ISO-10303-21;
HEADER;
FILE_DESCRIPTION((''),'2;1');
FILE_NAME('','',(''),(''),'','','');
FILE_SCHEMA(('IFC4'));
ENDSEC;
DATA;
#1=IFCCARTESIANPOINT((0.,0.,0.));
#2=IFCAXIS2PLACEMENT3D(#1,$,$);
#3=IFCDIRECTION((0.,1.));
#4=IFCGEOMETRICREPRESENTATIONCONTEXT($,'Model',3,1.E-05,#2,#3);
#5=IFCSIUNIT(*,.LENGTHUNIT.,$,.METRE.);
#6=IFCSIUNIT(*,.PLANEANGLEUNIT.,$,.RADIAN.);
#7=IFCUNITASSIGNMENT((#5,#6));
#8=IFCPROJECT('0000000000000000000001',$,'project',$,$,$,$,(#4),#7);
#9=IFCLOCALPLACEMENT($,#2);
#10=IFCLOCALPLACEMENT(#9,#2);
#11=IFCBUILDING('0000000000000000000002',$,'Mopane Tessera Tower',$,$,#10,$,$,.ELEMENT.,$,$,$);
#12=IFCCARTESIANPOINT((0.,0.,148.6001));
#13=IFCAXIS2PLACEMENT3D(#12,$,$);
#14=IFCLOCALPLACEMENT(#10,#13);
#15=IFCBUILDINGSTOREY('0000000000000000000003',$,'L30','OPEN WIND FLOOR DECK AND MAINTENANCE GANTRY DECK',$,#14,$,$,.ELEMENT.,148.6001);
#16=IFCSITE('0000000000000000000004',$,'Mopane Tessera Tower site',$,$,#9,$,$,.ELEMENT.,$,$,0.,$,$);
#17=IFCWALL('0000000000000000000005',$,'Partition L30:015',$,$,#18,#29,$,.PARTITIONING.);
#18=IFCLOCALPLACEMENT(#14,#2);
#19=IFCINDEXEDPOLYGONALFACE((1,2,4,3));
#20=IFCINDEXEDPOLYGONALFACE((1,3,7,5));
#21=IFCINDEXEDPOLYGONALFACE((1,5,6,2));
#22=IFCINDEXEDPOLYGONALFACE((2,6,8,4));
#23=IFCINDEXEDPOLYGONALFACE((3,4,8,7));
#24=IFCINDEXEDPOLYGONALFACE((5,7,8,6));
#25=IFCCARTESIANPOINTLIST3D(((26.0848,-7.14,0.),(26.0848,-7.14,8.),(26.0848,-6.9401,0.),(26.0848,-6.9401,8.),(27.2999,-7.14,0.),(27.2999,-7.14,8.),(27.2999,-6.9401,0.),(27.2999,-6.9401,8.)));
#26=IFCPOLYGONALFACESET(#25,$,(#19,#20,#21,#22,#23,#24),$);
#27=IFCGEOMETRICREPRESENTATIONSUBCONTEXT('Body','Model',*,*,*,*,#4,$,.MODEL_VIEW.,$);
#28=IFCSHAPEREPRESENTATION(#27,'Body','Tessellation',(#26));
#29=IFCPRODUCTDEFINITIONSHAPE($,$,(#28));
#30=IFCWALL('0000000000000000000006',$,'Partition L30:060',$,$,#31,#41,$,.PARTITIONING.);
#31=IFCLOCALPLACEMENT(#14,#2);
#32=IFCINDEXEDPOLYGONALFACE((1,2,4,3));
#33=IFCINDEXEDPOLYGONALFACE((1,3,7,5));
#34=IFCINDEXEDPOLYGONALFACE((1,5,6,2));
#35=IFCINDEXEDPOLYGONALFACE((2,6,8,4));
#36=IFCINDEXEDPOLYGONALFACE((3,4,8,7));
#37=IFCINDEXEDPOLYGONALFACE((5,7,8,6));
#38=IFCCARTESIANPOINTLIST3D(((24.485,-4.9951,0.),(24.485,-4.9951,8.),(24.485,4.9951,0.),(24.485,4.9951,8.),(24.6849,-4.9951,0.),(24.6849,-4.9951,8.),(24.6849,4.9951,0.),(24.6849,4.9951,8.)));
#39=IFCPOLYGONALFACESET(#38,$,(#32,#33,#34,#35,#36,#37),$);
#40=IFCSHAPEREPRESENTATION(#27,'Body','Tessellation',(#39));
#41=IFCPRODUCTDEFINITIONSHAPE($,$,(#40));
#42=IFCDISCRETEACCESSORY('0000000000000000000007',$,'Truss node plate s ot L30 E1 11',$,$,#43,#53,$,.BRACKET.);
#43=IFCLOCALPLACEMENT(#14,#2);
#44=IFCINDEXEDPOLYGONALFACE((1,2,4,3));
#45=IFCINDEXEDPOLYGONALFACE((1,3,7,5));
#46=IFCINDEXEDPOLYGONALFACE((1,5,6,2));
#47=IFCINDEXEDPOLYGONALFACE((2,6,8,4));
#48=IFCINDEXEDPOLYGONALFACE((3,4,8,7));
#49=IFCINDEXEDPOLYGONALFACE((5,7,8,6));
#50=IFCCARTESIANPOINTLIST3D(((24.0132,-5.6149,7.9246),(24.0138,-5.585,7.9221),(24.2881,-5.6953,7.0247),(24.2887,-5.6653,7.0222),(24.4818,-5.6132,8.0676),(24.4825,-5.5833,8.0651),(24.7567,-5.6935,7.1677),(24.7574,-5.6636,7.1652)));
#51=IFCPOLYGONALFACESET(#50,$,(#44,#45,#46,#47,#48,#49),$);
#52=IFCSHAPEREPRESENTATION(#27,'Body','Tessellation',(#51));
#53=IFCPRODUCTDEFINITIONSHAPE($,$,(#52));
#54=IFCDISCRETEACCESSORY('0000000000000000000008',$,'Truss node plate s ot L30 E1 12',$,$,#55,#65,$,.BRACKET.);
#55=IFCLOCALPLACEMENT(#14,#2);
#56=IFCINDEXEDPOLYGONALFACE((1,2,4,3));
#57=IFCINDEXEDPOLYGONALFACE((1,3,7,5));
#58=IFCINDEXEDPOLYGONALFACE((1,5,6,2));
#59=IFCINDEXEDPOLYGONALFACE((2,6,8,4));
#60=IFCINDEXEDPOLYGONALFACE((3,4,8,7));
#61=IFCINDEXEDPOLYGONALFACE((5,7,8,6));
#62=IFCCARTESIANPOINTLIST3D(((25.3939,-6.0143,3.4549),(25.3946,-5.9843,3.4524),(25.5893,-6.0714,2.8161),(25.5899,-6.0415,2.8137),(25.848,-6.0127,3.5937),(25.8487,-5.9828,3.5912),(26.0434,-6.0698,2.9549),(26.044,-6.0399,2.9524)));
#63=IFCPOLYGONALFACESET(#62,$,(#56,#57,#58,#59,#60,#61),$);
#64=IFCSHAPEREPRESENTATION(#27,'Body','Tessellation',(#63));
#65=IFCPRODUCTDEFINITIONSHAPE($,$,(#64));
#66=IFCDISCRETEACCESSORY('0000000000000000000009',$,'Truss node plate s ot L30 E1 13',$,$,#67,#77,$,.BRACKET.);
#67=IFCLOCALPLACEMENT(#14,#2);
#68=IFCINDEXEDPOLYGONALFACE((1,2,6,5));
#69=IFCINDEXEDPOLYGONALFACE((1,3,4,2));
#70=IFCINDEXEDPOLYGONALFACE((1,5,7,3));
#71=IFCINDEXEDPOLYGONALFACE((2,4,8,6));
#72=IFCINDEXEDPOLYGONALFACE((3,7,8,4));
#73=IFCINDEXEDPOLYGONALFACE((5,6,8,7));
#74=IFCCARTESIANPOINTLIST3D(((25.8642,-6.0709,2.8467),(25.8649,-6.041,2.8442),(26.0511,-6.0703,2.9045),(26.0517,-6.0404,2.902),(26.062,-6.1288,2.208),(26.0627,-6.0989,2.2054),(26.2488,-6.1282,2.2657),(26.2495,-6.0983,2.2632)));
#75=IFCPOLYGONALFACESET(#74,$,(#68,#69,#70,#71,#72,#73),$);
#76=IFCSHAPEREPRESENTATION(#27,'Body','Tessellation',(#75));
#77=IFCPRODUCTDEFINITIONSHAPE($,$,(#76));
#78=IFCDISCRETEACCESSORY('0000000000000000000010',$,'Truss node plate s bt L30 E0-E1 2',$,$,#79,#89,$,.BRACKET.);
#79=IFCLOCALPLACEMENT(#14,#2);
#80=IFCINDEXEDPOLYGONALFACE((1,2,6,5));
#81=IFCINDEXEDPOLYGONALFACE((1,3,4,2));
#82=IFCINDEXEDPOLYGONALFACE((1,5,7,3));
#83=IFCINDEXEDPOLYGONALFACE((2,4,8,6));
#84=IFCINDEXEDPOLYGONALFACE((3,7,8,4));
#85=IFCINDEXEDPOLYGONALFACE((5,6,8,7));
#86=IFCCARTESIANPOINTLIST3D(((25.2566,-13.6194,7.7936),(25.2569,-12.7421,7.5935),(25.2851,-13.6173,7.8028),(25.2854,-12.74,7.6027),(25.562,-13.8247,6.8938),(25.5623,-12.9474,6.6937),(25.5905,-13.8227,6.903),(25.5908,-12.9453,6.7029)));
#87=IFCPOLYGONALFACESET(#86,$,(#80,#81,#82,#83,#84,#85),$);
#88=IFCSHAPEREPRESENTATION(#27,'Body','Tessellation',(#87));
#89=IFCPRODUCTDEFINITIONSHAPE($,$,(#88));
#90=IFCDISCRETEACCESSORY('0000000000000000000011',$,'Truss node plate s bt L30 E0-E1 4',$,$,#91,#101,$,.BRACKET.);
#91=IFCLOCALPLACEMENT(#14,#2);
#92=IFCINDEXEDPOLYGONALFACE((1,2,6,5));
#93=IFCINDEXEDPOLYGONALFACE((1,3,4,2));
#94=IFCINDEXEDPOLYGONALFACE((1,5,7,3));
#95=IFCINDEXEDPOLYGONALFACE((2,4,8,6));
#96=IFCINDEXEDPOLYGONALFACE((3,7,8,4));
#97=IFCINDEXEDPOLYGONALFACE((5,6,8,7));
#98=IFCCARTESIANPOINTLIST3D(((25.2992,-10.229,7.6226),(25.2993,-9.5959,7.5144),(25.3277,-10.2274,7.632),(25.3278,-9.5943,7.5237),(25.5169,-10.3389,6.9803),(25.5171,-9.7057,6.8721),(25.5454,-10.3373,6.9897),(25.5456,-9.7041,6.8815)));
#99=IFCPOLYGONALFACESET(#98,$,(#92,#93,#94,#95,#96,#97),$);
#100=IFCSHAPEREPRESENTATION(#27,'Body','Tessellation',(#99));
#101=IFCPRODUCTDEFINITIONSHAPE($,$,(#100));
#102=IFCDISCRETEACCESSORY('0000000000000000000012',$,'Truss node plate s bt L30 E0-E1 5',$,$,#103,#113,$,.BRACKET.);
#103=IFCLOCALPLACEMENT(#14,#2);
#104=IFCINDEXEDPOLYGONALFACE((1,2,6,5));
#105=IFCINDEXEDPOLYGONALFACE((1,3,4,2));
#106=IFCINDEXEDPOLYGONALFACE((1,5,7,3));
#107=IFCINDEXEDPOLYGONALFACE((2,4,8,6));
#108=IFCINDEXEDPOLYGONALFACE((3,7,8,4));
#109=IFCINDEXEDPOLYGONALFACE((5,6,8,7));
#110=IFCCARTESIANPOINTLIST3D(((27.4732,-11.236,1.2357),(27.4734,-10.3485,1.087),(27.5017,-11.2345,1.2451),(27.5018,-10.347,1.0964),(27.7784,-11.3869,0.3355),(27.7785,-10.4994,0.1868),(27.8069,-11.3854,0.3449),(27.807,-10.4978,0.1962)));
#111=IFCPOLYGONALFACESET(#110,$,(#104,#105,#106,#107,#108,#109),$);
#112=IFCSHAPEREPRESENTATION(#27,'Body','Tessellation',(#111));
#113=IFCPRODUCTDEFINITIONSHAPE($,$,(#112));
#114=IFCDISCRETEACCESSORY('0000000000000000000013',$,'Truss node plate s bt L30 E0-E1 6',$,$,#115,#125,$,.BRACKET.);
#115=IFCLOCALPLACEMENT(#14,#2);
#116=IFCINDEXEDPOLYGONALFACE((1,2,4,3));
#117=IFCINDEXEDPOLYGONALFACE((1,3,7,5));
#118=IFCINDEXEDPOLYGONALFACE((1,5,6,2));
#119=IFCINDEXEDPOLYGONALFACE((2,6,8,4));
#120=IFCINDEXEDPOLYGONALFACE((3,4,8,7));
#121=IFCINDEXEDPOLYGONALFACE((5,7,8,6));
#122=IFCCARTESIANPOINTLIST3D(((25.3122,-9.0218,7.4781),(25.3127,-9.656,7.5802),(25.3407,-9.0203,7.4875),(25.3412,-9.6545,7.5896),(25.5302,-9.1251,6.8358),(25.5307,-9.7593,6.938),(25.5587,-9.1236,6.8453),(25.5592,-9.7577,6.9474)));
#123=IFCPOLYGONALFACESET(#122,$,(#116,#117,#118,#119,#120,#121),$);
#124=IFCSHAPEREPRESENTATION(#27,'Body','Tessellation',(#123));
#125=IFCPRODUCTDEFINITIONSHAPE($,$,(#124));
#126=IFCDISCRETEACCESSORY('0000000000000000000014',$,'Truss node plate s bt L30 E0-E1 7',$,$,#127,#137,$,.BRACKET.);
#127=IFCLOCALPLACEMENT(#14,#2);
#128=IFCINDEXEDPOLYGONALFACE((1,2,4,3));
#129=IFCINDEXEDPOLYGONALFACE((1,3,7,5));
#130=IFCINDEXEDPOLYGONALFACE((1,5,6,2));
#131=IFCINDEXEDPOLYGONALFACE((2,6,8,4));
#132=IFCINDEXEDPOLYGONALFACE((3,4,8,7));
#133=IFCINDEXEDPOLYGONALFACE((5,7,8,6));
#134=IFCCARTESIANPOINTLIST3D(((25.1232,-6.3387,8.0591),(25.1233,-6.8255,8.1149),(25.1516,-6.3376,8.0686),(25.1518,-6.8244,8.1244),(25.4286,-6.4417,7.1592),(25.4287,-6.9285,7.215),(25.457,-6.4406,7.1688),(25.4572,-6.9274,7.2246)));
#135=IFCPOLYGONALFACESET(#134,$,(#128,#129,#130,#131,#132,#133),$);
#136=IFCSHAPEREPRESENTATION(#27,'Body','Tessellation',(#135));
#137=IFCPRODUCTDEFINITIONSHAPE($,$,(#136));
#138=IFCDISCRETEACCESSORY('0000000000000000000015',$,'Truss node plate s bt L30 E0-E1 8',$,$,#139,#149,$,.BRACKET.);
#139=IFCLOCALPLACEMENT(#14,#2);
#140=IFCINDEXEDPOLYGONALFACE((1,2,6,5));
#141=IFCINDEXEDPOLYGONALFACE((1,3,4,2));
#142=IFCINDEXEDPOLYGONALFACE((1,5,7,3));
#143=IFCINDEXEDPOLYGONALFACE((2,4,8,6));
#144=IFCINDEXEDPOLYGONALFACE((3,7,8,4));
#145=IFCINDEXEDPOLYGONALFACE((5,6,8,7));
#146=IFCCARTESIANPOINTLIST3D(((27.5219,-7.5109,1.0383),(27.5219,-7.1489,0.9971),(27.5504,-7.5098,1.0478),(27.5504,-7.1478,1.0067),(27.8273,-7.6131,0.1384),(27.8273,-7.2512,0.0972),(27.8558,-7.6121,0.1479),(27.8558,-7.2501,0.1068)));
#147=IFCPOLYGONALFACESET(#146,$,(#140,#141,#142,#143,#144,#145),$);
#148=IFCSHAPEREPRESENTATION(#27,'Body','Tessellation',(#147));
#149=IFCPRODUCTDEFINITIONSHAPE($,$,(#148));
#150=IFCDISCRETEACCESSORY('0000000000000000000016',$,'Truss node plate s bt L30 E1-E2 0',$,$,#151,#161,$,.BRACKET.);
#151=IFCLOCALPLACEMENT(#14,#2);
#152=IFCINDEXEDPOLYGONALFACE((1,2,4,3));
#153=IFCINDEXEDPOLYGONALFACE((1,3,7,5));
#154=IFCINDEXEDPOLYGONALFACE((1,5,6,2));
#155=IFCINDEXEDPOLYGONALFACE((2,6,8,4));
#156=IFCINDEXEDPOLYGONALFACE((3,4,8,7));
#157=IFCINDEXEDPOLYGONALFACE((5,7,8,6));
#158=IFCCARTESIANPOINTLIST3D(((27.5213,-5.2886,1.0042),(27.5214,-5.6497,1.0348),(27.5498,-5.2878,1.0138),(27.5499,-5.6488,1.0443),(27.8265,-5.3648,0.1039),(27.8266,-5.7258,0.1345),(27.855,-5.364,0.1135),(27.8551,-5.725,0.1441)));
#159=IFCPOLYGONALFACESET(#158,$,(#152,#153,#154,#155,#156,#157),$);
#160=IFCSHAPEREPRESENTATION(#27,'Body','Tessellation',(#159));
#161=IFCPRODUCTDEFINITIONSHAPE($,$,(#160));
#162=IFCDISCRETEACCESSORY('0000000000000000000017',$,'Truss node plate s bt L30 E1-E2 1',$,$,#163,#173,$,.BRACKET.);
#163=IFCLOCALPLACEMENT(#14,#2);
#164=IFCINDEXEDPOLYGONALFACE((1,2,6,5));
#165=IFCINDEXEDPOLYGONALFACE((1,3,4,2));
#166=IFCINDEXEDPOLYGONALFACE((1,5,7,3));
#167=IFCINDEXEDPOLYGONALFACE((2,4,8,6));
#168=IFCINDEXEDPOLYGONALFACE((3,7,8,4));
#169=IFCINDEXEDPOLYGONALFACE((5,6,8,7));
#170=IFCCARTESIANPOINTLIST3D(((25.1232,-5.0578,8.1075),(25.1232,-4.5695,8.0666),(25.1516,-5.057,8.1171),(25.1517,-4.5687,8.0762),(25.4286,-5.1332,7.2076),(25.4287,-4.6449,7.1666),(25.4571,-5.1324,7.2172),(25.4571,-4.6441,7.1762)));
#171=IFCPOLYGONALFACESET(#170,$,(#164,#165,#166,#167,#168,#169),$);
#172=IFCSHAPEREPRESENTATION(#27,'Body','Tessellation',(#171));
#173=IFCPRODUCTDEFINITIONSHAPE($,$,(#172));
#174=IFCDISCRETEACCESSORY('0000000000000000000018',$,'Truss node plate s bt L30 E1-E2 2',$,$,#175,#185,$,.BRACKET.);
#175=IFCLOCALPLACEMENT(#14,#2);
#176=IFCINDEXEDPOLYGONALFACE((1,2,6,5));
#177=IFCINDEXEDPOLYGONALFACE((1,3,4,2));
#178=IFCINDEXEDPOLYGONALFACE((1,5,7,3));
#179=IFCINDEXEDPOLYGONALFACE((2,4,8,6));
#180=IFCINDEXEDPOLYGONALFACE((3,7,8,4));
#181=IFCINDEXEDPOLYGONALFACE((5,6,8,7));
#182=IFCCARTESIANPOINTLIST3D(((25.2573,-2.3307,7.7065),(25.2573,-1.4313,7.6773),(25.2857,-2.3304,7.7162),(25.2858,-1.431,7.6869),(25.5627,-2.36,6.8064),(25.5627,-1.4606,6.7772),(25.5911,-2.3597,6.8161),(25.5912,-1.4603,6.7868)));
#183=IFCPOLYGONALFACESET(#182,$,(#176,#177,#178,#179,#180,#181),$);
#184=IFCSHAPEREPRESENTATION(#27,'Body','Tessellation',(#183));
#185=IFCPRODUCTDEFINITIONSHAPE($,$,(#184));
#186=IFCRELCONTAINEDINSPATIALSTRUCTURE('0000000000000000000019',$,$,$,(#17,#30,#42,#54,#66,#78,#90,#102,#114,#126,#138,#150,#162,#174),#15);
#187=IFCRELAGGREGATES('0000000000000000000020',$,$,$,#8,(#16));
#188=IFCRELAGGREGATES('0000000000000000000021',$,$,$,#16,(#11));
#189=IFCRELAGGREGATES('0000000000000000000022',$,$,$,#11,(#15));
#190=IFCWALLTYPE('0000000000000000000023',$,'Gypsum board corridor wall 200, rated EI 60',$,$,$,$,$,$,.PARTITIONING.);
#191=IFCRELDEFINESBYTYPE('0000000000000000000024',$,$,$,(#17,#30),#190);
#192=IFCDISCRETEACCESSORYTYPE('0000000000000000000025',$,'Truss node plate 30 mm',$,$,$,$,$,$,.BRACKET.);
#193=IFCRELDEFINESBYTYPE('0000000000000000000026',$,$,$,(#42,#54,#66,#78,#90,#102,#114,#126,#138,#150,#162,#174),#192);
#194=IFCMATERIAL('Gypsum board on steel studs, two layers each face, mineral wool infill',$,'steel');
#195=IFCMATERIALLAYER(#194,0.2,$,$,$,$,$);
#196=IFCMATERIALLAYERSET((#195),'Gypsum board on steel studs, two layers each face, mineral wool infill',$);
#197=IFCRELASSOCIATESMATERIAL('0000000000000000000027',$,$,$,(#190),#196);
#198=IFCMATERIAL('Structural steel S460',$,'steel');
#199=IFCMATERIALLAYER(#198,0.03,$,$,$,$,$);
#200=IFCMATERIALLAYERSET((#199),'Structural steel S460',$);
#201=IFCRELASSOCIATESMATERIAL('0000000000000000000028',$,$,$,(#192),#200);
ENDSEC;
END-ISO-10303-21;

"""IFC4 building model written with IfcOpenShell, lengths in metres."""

from ifc_helpers import new_model, si_unit, direction, frame, frame_2d, origin, origin_2d, place, context, subcontext, project, spatial, rectangle, extrude, material, layer, layer_set, type_object, element, save


model = new_model("IFC4")

# Units and contexts
model_context = context("Model", 3, precision=1e-05, world=origin(), true_north=direction((0.0, 1.0)))
body_context = subcontext(model_context, "Body", "Model", "MODEL_VIEW")
ifc_project = project(units=[si_unit("LENGTHUNIT", "METRE"), si_unit("PLANEANGLEUNIT", "RADIAN")], contexts=[model_context])

# Site, building, storey
site_placement = place(None, origin())
site = spatial("IfcSite", under=ifc_project, at=site_placement, Name="Mopane Tessera Tower site", CompositionType="ELEMENT", RefElevation=0.0)
building_placement = place(site_placement, origin())
building = spatial("IfcBuilding", under=site, at=building_placement, Name="Mopane Tessera Tower", CompositionType="ELEMENT")
storey_placement = place(building_placement, frame((0.0, 0.0, 148.6001)))
storey = spatial("IfcBuildingStorey", under=building, at=storey_placement, Name="L30", Description="OPEN WIND FLOOR DECK AND MAINTENANCE GANTRY DECK", CompositionType="ELEMENT", Elevation=148.6001)

# Walls
ifc_material_1 = material(Name="Gypsum board on steel studs, two layers each face, mineral wool infill", Category="steel")
ifc_layer_1 = layer(ifc_material_1, 0.2)
ifc_layer_set_1 = layer_set([ifc_layer_1], Name="Gypsum board on steel studs, two layers each face, mineral wool infill")
wall_type = type_object("IfcWallType", Name="Gypsum board corridor wall 200, rated EI 60", PredefinedType="PARTITIONING", material=ifc_layer_set_1)
wall_1_placement = place(storey_placement, frame((26.085, -7.04, 0.0), z_axis=(0.0, 0.0, 1.0), x_axis=(1.0, 0.0, 0.0)))
element("IfcWall", 1, at=wall_1_placement, inside=storey, type_object=wall_type, Name="Partition L30:015", PredefinedType="PARTITIONING", context=body_context, shape_type="SweptSolid", body=[
    extrude(rectangle(XDim=1.2151, YDim=0.2, at=frame_2d((0.6074, 0.0))), origin(), (0.0, 0.0, 1.0), 8.0),
])
wall_2_placement = place(storey_placement, frame((24.585, -4.9951, 0.0), z_axis=(0.0, 0.0, 1.0), x_axis=(0.0, 1.0, 0.0)))
element("IfcWall", 2, at=wall_2_placement, inside=storey, type_object=wall_type, Name="Partition L30:060", PredefinedType="PARTITIONING", context=body_context, shape_type="SweptSolid", body=[
    extrude(rectangle(XDim=9.9902, YDim=0.2, at=frame_2d((4.9951, 0.0))), origin(), (0.0, 0.0, 1.0), 8.0),
])

# Discrete accessories
ifc_material_2 = material(Name="Structural steel S460", Category="steel")
ifc_layer_2 = layer(ifc_material_2, 0.03)
ifc_layer_set_2 = layer_set([ifc_layer_2], Name="Structural steel S460")
discrete_accessory_type = type_object("IfcDiscreteAccessoryType", Name="Truss node plate 30 mm", PredefinedType="BRACKET", material=ifc_layer_set_2)
discrete_accessory_1_placement = place(storey_placement, frame((24.5227, -5.6794, 7.095), z_axis=(-0.291094, 0.085053, 0.952906), x_axis=(0.021463, 0.99637, -0.082376)))
element("IfcDiscreteAccessory", 3, at=discrete_accessory_1_placement, inside=storey, type_object=discrete_accessory_type, Name="Truss node plate s ot L30 E1 11", PredefinedType="BRACKET", context=body_context, shape_type="SweptSolid", body=[
    extrude(rectangle(XDim=0.03, YDim=0.49, at=origin_2d()), origin(), (0.0, 0.0, 1.0), 0.9443),
])
discrete_accessory_2_placement = place(storey_placement, frame((25.8167, -6.0557, 2.8843), z_axis=(-0.291377, 0.085228, 0.952804), x_axis=(0.021794, 0.996356, -0.082459)))
element("IfcDiscreteAccessory", 4, at=discrete_accessory_2_placement, inside=storey, type_object=discrete_accessory_type, Name="Truss node plate s ot L30 E1 12", PredefinedType="BRACKET", context=body_context, shape_type="SweptSolid", body=[
    extrude(rectangle(XDim=0.03, YDim=0.4749, at=origin_2d()), origin(), (0.0, 0.0, 1.0), 0.6704),
])
discrete_accessory_3_placement = place(storey_placement, frame((26.1558, -6.1135, 2.2356), z_axis=(-0.294677, 0.08622, 0.951699), x_axis=(0.022447, 0.996271, -0.083308)))
element("IfcDiscreteAccessory", 5, at=discrete_accessory_3_placement, inside=storey, type_object=discrete_accessory_type, Name="Truss node plate s ot L30 E1 13", PredefinedType="BRACKET", context=body_context, shape_type="SweptSolid", body=[
    extrude(rectangle(XDim=0.03, YDim=0.1956, at=origin_2d()), origin(), (0.0, 0.0, 1.0), 0.6711),
])
discrete_accessory_4_placement = place(storey_placement, frame((25.5764, -13.385, 6.7983), z_axis=(-0.314138, 0.211183, 0.925591), x_axis=(-0.949377, -0.069517, -0.30635)))
element("IfcDiscreteAccessory", 6, at=discrete_accessory_4_placement, inside=storey, type_object=discrete_accessory_type, Name="Truss node plate s bt L30 E0-E1 2", PredefinedType="BRACKET", context=body_context, shape_type="SweptSolid", body=[
    extrude(rectangle(XDim=0.03, YDim=0.8999, at=origin_2d()), origin(), (0.0, 0.0, 1.0), 0.9722),
])
discrete_accessory_5_placement = place(storey_placement, frame((25.5312, -10.0215, 6.9309), z_axis=(-0.316952, 0.159897, 0.934866), x_axis=(-0.948442, -0.053159, -0.312462)))
element("IfcDiscreteAccessory", 7, at=discrete_accessory_5_placement, inside=storey, type_object=discrete_accessory_type, Name="Truss node plate s bt L30 E0-E1 4", PredefinedType="BRACKET", context=body_context, shape_type="SweptSolid", body=[
    extrude(rectangle(XDim=0.03, YDim=0.6423, at=origin_2d()), origin(), (0.0, 0.0, 1.0), 0.687),
])
discrete_accessory_6_placement = place(storey_placement, frame((27.7927, -10.9424, 0.2659), z_axis=(-0.317108, 0.156778, 0.935341), x_axis=(-0.948389, -0.052299, -0.312765)))
element("IfcDiscreteAccessory", 8, at=discrete_accessory_6_placement, inside=storey, type_object=discrete_accessory_type, Name="Truss node plate s bt L30 E0-E1 5", PredefinedType="BRACKET", context=body_context, shape_type="SweptSolid", body=[
    extrude(rectangle(XDim=0.03, YDim=0.8999, at=origin_2d()), origin(), (0.0, 0.0, 1.0), 0.9624),
])
discrete_accessory_7_placement = place(storey_placement, frame((25.5447, -9.4414, 6.8916), z_axis=(-0.317745, 0.150511, 0.936154), x_axis=(-0.948176, -0.051211, -0.313591)))
element("IfcDiscreteAccessory", 9, at=discrete_accessory_7_placement, inside=storey, type_object=discrete_accessory_type, Name="Truss node plate s bt L30 E0-E1 6", PredefinedType="BRACKET", context=body_context, shape_type="SweptSolid", body=[
    extrude(rectangle(XDim=0.03, YDim=0.6423, at=origin_2d()), origin(), (0.0, 0.0, 1.0), 0.686),
])
discrete_accessory_8_placement = place(storey_placement, frame((25.4429, -6.6846, 7.1919), z_axis=(-0.319515, 0.107782, 0.941432), x_axis=(-0.947581, -0.036718, -0.317398)))
element("IfcDiscreteAccessory", 10, at=discrete_accessory_8_placement, inside=storey, type_object=discrete_accessory_type, Name="Truss node plate s bt L30 E0-E1 7", PredefinedType="BRACKET", context=body_context, shape_type="SweptSolid", body=[
    extrude(rectangle(XDim=0.03, YDim=0.49, at=origin_2d()), origin(), (0.0, 0.0, 1.0), 0.9558),
])
discrete_accessory_9_placement = place(storey_placement, frame((27.8416, -7.4316, 0.1226), z_axis=(-0.319541, 0.107024, 0.941509), x_axis=(-0.947572, -0.036043, -0.317502)))
element("IfcDiscreteAccessory", 11, at=discrete_accessory_9_placement, inside=storey, type_object=discrete_accessory_type, Name="Truss node plate s bt L30 E0-E1 8", PredefinedType="BRACKET", context=body_context, shape_type="SweptSolid", body=[
    extrude(rectangle(XDim=0.03, YDim=0.3643, at=origin_2d()), origin(), (0.0, 0.0, 1.0), 0.9558),
])
discrete_accessory_10_placement = place(storey_placement, frame((27.8408, -5.5449, 0.124), z_axis=(-0.320052, 0.079885, 0.944026), x_axis=(-0.9474, -0.027283, -0.318887)))
element("IfcDiscreteAccessory", 12, at=discrete_accessory_10_placement, inside=storey, type_object=discrete_accessory_type, Name="Truss node plate s bt L30 E1-E2 0", PredefinedType="BRACKET", context=body_context, shape_type="SweptSolid", body=[
    extrude(rectangle(XDim=0.03, YDim=0.3623, at=origin_2d()), origin(), (0.0, 0.0, 1.0), 0.9536),
])
discrete_accessory_11_placement = place(storey_placement, frame((25.4429, -4.8887, 7.1919), z_axis=(-0.320379, 0.079134, 0.943978), x_axis=(-0.947289, -0.026742, -0.319261)))
element("IfcDiscreteAccessory", 13, at=discrete_accessory_11_placement, inside=storey, type_object=discrete_accessory_type, Name="Truss node plate s bt L30 E1-E2 1", PredefinedType="BRACKET", context=body_context, shape_type="SweptSolid", body=[
    extrude(rectangle(XDim=0.03, YDim=0.49, at=origin_2d()), origin(), (0.0, 0.0, 1.0), 0.9534),
])
for number, where, z_axis, x_axis, name in (
    (14, (25.5769, -1.9102, 6.7966), (-0.321156, 0.030806, 0.946525), (-0.947026, -0.010375, -0.320989), "Truss node plate s bt L30 E1-E2 2"),
):
    element("IfcDiscreteAccessory", number, at=place(storey_placement, frame(where, z_axis=z_axis, x_axis=x_axis)), inside=storey, type_object=discrete_accessory_type, Name=name, PredefinedType="BRACKET", context=body_context, shape_type="SweptSolid", body=[
        extrude(rectangle(XDim=0.03, YDim=0.8999, at=origin_2d()), origin(), (0.0, 0.0, 1.0), 0.9509),
    ])

save(model, "model.ifc")
